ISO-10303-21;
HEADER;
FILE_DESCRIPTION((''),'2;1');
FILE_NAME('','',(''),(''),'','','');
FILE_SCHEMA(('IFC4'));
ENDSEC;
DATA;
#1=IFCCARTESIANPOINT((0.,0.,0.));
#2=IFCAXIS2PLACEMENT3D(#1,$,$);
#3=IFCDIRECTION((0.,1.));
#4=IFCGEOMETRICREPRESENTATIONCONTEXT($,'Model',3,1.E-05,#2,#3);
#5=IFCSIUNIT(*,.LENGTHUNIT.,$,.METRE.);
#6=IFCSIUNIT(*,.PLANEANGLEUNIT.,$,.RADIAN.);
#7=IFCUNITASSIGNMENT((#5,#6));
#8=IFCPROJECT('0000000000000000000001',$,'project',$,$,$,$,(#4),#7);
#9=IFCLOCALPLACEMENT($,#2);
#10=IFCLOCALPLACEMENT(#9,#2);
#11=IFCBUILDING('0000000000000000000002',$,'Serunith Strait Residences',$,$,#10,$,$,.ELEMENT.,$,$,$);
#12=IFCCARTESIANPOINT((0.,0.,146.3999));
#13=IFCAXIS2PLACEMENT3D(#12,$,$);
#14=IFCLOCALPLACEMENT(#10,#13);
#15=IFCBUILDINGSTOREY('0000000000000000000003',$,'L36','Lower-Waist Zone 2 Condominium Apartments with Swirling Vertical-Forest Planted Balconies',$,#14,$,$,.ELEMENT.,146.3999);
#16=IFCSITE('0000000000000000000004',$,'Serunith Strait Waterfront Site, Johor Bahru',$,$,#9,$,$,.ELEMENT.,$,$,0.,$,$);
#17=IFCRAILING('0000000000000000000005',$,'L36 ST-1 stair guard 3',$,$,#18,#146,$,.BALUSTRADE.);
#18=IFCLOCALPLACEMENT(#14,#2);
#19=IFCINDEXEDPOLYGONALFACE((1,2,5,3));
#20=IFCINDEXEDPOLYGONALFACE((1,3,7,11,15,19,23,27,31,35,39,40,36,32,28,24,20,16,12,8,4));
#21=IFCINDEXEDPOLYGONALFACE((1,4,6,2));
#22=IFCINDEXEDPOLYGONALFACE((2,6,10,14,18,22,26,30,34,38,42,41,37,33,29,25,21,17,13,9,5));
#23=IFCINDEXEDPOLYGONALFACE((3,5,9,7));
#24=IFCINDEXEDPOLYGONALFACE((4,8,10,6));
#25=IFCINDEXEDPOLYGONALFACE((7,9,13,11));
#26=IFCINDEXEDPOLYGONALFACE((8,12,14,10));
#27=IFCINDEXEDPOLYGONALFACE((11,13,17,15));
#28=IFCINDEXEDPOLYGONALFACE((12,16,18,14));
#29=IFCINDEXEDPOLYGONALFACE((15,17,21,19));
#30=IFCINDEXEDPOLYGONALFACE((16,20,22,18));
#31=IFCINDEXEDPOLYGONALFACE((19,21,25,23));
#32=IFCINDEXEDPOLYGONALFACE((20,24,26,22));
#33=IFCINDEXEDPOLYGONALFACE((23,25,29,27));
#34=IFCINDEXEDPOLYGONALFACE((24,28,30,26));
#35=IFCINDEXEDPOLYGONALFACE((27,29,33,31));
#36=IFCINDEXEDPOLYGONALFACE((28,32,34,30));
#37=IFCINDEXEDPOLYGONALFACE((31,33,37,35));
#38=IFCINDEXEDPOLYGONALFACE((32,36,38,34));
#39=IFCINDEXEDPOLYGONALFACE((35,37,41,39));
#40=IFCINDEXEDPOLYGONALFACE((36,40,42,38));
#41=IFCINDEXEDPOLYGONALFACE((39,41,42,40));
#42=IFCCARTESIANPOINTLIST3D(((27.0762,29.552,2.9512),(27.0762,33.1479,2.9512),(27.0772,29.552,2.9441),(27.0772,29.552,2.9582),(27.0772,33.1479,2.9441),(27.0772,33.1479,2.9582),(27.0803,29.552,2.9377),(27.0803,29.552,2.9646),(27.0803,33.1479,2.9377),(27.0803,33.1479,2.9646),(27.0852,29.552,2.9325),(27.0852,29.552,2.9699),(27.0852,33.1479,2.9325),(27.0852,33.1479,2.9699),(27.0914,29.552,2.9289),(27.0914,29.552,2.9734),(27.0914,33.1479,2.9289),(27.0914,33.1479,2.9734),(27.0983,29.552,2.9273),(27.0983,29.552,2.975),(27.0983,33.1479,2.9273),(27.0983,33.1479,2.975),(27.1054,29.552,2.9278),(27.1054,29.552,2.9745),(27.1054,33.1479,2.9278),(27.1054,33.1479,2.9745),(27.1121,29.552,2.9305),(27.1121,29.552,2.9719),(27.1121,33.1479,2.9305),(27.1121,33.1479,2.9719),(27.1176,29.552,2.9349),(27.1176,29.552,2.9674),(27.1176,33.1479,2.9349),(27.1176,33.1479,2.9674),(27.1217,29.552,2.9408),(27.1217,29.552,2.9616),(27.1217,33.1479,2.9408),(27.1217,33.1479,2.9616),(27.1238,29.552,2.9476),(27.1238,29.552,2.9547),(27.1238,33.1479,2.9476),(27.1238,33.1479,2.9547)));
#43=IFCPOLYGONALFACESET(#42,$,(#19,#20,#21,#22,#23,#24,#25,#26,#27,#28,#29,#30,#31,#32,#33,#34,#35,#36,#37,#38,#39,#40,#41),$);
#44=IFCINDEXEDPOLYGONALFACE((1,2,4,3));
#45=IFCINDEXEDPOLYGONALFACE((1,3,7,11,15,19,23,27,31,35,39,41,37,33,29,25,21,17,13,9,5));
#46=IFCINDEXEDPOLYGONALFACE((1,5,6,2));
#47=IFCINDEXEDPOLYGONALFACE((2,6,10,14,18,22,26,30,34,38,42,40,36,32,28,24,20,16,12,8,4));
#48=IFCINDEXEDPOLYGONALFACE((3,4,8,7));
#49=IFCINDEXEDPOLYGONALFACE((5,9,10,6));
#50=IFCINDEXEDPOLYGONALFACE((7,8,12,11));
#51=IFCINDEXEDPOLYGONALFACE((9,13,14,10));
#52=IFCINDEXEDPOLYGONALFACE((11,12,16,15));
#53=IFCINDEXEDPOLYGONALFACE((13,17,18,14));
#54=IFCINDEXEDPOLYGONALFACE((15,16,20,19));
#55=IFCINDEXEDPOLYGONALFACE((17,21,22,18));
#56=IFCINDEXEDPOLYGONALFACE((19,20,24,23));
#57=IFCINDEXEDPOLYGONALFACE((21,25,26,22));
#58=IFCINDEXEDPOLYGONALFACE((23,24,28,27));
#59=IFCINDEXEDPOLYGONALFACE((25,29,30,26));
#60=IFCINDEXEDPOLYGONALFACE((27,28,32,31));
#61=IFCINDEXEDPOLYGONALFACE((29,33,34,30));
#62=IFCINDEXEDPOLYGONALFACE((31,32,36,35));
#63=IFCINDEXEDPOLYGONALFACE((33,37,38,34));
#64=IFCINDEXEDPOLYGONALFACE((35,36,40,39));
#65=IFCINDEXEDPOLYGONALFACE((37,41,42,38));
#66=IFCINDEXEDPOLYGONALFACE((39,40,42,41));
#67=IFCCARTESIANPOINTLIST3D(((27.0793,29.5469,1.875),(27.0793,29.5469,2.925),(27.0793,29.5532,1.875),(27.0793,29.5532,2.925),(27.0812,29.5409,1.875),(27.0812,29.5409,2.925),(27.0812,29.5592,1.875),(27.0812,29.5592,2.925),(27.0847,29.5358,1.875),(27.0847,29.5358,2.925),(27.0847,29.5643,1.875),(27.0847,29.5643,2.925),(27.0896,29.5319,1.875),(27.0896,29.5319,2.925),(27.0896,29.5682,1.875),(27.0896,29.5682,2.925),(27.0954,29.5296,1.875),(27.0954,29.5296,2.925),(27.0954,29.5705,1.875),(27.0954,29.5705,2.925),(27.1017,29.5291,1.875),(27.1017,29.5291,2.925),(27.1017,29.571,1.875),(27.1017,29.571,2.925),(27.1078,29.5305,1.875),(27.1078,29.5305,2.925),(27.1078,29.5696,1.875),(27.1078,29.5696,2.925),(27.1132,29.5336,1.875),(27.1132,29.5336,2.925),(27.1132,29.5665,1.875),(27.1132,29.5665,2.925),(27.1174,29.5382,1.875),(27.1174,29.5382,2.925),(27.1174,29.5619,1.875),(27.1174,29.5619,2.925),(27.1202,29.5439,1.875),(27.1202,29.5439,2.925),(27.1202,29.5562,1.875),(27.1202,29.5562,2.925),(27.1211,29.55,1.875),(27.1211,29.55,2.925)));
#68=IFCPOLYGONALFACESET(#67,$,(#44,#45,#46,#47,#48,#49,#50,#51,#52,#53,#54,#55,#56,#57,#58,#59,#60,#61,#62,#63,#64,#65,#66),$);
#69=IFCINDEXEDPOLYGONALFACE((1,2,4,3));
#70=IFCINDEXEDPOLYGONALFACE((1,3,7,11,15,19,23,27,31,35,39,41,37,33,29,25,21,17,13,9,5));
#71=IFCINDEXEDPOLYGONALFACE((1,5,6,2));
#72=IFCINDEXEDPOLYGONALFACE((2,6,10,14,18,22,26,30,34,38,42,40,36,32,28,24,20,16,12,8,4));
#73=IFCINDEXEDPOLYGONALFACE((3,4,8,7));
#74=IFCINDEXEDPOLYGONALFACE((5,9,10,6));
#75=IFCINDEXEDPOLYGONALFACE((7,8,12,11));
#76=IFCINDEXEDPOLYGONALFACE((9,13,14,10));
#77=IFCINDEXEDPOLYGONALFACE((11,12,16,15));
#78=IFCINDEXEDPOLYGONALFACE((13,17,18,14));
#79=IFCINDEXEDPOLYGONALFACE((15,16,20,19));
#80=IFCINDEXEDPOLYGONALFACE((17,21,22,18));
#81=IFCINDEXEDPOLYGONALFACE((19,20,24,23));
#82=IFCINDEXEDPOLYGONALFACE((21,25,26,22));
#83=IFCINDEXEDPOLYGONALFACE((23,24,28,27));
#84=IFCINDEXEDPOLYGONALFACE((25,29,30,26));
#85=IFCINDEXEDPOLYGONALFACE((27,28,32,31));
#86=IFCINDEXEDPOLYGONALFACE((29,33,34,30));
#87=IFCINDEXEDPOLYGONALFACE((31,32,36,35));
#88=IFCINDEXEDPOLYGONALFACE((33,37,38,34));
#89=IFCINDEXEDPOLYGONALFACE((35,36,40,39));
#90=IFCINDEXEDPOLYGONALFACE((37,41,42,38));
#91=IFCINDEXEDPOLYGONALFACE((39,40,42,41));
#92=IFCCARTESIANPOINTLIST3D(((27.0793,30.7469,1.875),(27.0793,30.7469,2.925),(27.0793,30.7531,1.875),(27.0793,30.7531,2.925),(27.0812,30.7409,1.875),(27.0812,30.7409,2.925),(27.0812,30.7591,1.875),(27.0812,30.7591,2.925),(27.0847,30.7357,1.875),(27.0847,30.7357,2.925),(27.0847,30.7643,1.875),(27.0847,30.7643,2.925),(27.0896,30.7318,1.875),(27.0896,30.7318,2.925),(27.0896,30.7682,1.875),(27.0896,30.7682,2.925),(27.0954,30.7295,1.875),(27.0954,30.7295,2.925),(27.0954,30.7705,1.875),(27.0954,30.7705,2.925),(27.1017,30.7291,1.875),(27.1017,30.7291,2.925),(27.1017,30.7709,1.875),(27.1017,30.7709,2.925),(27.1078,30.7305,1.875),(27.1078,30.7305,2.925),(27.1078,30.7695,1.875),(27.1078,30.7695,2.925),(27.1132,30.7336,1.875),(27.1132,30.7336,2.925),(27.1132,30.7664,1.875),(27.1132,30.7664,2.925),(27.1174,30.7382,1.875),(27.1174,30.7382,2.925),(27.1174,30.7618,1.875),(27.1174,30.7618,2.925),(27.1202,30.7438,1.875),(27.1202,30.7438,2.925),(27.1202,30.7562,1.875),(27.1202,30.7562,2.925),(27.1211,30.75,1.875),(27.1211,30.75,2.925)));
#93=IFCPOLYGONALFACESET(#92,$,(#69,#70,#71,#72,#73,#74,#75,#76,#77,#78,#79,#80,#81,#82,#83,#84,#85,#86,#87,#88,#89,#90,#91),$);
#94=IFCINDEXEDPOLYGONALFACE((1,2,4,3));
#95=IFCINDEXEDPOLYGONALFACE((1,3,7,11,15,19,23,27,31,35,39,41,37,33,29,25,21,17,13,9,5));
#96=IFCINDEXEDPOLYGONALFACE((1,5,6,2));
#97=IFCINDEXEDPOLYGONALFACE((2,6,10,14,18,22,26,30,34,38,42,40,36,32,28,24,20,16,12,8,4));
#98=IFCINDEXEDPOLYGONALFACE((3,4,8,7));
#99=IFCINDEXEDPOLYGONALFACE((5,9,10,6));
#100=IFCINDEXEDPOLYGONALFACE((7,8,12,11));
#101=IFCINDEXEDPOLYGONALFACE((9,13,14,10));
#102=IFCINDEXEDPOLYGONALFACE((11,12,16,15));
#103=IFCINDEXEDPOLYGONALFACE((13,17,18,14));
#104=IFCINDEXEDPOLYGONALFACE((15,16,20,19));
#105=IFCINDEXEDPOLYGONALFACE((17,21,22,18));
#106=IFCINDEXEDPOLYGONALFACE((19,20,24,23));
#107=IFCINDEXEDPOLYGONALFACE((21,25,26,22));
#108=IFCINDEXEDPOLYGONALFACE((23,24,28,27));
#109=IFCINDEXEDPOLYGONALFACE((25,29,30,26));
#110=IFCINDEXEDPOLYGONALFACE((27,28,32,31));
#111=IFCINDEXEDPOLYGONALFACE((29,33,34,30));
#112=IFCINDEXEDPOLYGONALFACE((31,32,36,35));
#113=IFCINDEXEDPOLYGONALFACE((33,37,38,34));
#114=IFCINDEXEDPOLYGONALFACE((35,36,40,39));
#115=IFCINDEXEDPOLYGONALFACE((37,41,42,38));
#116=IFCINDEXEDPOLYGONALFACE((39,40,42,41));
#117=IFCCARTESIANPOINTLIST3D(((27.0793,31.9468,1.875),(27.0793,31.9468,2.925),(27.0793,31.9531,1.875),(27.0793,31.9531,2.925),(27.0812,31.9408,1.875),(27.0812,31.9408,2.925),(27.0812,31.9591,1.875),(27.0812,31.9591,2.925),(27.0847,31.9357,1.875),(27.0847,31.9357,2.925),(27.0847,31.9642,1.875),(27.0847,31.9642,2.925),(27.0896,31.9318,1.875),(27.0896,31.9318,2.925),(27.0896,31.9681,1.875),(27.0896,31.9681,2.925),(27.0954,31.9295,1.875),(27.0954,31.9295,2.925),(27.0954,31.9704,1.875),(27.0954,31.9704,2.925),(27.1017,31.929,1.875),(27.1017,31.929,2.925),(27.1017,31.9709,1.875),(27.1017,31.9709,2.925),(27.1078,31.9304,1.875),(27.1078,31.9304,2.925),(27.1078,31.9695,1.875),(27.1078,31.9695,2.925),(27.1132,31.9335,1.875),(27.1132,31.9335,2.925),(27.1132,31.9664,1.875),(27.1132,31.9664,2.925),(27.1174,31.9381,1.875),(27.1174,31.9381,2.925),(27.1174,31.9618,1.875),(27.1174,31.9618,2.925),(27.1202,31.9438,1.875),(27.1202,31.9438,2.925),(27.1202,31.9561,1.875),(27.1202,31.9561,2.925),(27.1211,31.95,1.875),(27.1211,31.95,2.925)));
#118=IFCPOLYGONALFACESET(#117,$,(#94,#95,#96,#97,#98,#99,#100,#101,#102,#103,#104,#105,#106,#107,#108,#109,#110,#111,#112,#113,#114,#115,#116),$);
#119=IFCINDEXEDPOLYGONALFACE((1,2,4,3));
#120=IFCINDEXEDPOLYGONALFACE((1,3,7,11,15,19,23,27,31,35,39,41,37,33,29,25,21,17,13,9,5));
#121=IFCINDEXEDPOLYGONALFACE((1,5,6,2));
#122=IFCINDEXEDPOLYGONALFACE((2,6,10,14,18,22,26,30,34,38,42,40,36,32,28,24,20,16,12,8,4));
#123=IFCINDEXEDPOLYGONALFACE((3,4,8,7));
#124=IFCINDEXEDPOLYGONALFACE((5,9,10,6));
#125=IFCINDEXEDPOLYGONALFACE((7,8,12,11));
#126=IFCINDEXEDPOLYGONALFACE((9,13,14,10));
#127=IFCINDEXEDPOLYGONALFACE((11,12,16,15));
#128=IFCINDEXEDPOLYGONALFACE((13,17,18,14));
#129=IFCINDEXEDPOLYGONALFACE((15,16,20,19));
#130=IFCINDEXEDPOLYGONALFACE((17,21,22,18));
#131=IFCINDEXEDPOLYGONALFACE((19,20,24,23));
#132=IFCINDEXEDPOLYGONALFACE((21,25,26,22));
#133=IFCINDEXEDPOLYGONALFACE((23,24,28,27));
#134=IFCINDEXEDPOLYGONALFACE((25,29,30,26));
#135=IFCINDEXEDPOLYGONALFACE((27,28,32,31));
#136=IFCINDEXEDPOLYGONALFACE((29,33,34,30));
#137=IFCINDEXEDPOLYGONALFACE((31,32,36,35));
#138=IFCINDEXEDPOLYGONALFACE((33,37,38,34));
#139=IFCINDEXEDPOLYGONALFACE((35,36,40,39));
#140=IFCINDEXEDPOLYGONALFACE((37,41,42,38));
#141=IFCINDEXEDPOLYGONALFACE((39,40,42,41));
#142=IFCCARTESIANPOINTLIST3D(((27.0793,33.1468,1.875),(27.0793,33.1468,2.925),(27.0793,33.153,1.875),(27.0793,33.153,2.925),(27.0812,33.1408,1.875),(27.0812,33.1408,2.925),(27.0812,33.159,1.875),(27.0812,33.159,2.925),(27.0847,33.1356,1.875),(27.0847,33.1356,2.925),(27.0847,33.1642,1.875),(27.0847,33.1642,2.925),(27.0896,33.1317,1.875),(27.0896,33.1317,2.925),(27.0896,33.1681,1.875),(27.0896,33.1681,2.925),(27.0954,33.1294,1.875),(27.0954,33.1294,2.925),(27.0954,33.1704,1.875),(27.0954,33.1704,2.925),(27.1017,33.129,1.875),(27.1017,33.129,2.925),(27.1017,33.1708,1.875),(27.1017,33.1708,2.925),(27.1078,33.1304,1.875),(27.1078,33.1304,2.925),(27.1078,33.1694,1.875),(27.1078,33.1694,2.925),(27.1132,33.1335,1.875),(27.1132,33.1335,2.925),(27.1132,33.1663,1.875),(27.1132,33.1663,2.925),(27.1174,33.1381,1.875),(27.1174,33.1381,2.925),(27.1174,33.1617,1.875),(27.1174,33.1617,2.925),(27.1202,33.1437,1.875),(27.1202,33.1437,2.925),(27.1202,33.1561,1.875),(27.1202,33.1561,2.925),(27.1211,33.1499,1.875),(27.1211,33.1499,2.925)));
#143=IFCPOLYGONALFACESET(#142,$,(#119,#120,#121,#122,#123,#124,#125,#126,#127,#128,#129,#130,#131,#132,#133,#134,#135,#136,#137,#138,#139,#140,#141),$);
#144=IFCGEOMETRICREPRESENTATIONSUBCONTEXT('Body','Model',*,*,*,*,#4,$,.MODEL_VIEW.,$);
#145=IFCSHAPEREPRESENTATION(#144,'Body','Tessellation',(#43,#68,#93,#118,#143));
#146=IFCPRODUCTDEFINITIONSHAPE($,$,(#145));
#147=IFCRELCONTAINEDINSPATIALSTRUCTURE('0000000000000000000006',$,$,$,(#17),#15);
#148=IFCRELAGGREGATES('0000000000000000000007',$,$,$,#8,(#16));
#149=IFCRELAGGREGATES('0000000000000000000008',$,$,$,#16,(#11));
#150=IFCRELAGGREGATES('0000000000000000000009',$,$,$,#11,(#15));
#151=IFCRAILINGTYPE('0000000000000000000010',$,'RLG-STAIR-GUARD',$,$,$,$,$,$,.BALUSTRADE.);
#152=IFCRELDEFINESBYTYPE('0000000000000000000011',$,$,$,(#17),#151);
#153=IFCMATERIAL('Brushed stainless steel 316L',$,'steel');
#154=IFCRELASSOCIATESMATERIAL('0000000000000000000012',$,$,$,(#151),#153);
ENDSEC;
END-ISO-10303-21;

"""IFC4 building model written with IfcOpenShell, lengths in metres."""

from ifc_helpers import new_model, si_unit, direction, frame, origin, origin_2d, place, context, subcontext, project, spatial, circle, extrude, material, type_object, element, save


model = new_model("IFC4")

# Units and contexts
model_context = context("Model", 3, precision=1e-05, world=origin(), true_north=direction((0.0, 1.0)))
body_context = subcontext(model_context, "Body", "Model", "MODEL_VIEW")
ifc_project = project(units=[si_unit("LENGTHUNIT", "METRE"), si_unit("PLANEANGLEUNIT", "RADIAN")], contexts=[model_context])

# Site, building, storey
site_placement = place(None, origin())
site = spatial("IfcSite", under=ifc_project, at=site_placement, Name="Serunith Strait Waterfront Site, Johor Bahru", CompositionType="ELEMENT", RefElevation=0.0)
building_placement = place(site_placement, origin())
building = spatial("IfcBuilding", under=site, at=building_placement, Name="Serunith Strait Residences", CompositionType="ELEMENT")
storey_placement = place(building_placement, frame((0.0, 0.0, 146.3999)))
storey = spatial("IfcBuildingStorey", under=building, at=storey_placement, Name="L36", Description="Lower-Waist Zone 2 Condominium Apartments with Swirling Vertical-Forest Planted Balconies", CompositionType="ELEMENT", Elevation=146.3999)

# Railing
ifc_material_1 = material(Name="Brushed stainless steel 316L", Category="steel")
railing_type_1 = type_object("IfcRailingType", Name="RLG-STAIR-GUARD", PredefinedType="BALUSTRADE", material=ifc_material_1)
for number, where, name in (
    (1, (27.1001, 29.55, 1.875), "L36 ST-1 stair guard 3"),
):
    element("IfcRailing", number, at=place(storey_placement, frame(where)), inside=storey, type_object=railing_type_1, Name=name, PredefinedType="BALUSTRADE", context=body_context, shape_type="SweptSolid", body=[
        extrude(circle(Radius=0.0239, at=origin_2d()), frame((0.0, 0.002, 1.0762), z_axis=(0.0, 1.0, 0.0), x_axis=(-1.0, 0.0, 0.0)), (0.0, 0.0, 1.0), 3.5959),
        extrude(circle(Radius=0.021, at=origin_2d()), origin(), (0.0, 0.0, 1.0), 1.05),
        extrude(circle(Radius=0.021, at=origin_2d()), frame((0.0, 1.2, 0.0)), (0.0, 0.0, 1.0), 1.05),
        extrude(circle(Radius=0.021, at=origin_2d()), frame((0.0, 2.3999, 0.0)), (0.0, 0.0, 1.0), 1.05),
        extrude(circle(Radius=0.021, at=origin_2d()), frame((0.0, 3.5999, 0.0)), (0.0, 0.0, 1.0), 1.05),
    ])

save(model, "model.ifc")
